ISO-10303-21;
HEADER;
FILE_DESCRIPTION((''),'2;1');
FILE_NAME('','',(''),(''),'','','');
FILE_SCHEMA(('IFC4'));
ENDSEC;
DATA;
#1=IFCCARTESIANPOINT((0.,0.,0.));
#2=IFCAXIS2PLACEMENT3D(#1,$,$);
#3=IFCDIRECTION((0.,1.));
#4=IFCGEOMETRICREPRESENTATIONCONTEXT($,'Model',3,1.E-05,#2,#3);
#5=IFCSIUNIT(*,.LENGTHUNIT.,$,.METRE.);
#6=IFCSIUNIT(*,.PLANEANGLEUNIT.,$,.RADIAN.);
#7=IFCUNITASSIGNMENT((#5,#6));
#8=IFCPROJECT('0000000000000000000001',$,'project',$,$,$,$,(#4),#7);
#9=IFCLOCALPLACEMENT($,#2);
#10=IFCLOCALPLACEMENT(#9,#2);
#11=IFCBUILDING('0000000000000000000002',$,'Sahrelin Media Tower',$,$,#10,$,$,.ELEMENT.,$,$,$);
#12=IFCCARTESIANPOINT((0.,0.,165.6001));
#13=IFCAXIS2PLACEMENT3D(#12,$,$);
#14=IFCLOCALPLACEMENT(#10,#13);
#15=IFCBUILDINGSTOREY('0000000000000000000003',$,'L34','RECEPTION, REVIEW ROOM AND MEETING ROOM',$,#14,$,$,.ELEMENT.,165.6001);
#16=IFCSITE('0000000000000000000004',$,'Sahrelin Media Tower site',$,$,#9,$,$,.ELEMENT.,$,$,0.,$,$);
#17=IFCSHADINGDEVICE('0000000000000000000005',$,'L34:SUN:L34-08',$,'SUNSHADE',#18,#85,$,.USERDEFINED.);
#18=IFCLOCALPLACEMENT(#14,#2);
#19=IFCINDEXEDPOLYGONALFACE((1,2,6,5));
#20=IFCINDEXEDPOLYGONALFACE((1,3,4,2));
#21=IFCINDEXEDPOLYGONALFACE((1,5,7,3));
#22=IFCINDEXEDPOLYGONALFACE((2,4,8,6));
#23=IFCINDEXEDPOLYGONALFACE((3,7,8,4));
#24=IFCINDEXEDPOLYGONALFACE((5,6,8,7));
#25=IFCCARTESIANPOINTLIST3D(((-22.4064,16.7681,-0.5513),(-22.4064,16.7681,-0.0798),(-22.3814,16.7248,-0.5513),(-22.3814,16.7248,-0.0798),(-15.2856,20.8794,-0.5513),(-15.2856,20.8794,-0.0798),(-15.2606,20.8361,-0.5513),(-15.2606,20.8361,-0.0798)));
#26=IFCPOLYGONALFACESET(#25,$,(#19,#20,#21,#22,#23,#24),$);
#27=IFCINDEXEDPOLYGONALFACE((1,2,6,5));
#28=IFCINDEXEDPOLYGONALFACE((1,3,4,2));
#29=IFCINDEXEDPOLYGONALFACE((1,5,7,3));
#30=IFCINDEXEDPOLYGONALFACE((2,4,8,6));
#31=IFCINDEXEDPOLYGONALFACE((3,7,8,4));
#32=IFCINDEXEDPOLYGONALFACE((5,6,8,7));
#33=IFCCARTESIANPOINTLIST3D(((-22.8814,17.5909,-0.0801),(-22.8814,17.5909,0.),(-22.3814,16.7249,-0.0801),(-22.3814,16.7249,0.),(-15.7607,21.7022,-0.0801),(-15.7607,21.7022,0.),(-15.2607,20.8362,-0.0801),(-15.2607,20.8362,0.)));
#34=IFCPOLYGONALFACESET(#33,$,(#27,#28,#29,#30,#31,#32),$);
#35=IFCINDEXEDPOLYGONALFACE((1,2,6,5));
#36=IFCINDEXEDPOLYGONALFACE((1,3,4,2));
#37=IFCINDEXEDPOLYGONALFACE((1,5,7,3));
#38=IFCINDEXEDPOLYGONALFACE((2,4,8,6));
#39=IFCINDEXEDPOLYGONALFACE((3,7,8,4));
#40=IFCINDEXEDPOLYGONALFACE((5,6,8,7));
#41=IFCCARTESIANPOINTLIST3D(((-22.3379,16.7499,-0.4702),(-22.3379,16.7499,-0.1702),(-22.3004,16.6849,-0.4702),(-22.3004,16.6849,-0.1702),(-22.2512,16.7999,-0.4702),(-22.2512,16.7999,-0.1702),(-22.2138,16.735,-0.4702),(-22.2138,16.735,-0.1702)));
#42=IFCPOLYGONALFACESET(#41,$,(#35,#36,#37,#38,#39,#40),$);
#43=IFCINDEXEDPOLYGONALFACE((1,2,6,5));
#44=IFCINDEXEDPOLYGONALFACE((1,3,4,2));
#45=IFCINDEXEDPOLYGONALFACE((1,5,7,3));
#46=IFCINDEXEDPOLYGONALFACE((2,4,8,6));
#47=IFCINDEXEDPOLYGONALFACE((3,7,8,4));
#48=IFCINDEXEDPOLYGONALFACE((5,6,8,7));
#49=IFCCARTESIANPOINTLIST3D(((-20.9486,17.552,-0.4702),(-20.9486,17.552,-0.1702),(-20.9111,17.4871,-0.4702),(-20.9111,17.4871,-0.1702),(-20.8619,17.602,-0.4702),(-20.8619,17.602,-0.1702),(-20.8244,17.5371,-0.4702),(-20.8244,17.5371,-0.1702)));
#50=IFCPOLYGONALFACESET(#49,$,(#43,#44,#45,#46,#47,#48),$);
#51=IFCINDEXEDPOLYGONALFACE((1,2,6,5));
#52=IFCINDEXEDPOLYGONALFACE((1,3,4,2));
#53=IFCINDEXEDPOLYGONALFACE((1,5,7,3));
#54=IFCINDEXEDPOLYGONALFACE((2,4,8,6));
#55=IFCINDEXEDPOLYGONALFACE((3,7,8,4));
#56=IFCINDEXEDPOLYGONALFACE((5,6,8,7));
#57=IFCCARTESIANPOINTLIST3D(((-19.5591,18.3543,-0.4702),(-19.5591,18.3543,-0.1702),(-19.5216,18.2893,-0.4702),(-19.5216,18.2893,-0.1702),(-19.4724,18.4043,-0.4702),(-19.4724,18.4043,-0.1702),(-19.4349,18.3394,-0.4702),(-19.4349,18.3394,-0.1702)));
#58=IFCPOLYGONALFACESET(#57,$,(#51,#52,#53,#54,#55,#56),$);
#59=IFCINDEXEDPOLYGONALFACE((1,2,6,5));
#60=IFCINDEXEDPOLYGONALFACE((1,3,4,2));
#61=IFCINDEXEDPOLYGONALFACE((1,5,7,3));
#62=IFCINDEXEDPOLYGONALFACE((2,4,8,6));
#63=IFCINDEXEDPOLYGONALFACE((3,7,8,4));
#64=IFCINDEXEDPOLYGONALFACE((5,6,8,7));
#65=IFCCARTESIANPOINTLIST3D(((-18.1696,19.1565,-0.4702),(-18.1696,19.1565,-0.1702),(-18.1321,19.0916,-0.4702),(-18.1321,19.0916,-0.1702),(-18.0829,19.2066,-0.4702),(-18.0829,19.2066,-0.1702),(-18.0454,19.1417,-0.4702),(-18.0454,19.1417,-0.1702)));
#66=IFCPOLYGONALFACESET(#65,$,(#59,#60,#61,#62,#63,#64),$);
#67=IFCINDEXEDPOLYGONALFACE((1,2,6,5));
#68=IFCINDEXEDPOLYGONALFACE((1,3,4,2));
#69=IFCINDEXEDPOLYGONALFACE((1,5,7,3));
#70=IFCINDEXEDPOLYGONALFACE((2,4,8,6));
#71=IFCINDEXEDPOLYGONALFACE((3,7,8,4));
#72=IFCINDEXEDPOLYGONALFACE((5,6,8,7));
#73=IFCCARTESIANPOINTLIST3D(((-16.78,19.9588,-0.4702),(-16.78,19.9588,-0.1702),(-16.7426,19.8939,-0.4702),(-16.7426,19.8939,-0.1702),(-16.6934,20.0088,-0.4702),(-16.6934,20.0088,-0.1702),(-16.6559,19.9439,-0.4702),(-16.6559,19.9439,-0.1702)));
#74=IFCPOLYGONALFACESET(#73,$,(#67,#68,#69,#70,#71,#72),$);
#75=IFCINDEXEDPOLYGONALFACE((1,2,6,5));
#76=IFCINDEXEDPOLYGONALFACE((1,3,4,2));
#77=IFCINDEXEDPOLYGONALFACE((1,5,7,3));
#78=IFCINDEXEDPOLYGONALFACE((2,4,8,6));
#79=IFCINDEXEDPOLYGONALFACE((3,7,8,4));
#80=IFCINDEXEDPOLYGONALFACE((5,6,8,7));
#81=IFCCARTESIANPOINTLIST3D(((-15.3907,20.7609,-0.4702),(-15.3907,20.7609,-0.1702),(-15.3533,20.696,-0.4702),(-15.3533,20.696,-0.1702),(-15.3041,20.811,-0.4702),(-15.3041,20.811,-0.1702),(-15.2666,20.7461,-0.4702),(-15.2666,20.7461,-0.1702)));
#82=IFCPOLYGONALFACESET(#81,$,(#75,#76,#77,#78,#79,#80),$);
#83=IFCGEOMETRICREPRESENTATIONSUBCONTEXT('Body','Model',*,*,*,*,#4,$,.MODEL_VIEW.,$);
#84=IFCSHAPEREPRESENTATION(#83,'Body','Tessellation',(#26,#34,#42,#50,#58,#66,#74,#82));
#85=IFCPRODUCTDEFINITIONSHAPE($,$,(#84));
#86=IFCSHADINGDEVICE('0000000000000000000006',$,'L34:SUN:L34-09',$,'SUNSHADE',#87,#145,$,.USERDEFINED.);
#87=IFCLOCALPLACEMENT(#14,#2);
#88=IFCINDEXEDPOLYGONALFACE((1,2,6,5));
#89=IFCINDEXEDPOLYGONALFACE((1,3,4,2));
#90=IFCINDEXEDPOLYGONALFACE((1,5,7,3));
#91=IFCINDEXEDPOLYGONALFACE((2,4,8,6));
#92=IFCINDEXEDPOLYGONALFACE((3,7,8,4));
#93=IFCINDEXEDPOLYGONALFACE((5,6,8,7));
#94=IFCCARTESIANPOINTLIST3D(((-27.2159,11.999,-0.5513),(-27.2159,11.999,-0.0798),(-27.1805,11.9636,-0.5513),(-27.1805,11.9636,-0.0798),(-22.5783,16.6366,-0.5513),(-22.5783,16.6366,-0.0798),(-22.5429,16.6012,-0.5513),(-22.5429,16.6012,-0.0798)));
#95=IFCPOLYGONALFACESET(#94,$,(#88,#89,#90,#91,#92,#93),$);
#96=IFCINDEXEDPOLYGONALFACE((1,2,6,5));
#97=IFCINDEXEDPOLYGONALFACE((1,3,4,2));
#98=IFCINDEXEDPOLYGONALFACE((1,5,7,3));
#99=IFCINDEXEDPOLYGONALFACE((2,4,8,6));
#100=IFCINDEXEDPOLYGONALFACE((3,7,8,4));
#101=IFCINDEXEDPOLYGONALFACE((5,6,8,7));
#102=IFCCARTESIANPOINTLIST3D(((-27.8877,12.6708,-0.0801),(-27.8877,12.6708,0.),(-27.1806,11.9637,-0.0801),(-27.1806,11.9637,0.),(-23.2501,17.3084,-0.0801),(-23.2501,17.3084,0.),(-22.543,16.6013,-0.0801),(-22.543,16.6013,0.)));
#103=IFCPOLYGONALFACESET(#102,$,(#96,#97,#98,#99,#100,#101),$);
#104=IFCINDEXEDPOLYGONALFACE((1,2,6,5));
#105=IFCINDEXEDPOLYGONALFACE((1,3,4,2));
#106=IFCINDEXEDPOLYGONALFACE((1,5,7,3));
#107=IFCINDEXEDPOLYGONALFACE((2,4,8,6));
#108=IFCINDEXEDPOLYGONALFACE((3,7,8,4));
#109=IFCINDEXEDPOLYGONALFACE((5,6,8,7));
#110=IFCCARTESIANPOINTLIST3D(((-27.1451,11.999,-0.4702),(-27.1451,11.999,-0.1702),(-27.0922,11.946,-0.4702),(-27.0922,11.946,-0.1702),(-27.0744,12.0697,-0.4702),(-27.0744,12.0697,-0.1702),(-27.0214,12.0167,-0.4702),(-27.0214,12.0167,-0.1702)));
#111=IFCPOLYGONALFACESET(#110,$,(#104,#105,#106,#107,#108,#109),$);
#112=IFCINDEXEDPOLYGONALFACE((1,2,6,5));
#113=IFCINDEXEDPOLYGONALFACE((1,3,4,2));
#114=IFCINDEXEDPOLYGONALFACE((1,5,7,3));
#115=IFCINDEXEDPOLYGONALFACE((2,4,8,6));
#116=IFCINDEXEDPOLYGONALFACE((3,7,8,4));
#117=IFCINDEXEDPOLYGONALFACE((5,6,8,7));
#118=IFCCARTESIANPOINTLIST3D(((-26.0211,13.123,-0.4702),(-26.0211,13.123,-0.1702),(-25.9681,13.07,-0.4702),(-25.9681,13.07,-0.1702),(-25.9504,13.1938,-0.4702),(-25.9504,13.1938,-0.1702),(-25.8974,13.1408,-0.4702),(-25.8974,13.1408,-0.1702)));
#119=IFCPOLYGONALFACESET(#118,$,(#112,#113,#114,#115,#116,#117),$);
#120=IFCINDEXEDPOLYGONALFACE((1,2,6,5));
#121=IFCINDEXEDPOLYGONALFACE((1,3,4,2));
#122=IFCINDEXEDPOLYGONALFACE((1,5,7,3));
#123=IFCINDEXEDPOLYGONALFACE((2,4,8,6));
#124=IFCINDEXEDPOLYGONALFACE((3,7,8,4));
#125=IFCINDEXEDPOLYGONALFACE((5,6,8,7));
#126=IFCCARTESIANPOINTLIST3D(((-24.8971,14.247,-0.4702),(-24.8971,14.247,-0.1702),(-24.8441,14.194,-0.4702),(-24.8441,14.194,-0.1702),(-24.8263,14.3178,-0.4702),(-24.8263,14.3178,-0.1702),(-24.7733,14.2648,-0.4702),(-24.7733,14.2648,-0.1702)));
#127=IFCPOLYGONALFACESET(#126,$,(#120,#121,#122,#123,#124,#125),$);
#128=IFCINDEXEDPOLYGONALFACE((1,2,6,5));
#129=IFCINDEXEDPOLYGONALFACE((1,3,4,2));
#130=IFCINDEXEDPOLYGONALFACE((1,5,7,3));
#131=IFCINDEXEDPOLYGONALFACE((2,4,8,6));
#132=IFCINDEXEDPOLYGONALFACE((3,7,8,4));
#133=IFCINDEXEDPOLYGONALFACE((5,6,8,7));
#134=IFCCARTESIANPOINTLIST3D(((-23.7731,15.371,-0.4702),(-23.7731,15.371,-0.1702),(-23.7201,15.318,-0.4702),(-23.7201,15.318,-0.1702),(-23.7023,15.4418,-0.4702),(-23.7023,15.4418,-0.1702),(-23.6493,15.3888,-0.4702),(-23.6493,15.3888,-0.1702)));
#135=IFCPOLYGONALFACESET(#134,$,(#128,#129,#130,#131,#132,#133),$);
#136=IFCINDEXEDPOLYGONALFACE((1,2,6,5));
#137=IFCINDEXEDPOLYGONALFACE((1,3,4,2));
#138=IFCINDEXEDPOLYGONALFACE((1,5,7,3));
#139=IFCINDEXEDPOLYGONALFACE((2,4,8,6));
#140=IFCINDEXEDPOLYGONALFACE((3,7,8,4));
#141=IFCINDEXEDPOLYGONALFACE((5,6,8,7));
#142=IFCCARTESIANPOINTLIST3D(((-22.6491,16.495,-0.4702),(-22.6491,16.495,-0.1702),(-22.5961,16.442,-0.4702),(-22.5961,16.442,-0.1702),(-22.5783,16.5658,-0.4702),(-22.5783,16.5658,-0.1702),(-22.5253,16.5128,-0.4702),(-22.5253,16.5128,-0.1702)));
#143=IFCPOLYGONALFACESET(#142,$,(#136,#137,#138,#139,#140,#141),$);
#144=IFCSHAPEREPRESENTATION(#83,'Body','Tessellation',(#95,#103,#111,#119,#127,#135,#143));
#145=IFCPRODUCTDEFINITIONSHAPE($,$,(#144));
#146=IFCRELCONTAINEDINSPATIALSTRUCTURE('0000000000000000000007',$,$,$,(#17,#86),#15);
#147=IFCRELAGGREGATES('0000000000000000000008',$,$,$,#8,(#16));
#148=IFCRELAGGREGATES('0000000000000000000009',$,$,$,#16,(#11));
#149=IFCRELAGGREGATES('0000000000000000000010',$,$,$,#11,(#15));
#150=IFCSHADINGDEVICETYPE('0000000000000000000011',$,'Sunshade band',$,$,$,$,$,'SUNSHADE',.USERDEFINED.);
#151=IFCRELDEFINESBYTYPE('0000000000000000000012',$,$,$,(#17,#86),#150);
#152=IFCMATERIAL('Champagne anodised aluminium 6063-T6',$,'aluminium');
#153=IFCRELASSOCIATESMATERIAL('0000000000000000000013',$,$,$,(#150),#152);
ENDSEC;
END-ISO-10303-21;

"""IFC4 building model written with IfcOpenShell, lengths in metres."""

from ifc_helpers import new_model, si_unit, direction, frame, origin, origin_2d, place, context, subcontext, project, spatial, rectangle, extrude, material, type_object, element, save


model = new_model("IFC4")

# Units and contexts
model_context = context("Model", 3, precision=1e-05, world=origin(), true_north=direction((0.0, 1.0)))
body_context = subcontext(model_context, "Body", "Model", "MODEL_VIEW")
ifc_project = project(units=[si_unit("LENGTHUNIT", "METRE"), si_unit("PLANEANGLEUNIT", "RADIAN")], contexts=[model_context])

# Site, building, storey
site_placement = place(None, origin())
site = spatial("IfcSite", under=ifc_project, at=site_placement, Name="Sahrelin Media Tower site", CompositionType="ELEMENT", RefElevation=0.0)
building_placement = place(site_placement, origin())
building = spatial("IfcBuilding", under=site, at=building_placement, Name="Sahrelin Media Tower", CompositionType="ELEMENT")
storey_placement = place(building_placement, frame((0.0, 0.0, 165.6001)))
storey = spatial("IfcBuildingStorey", under=building, at=storey_placement, Name="L34", Description="RECEPTION, REVIEW ROOM AND MEETING ROOM", CompositionType="ELEMENT", Elevation=165.6001)

# Shared definitions
ifc_material_1 = material(Name="Champagne anodised aluminium 6063-T6", Category="aluminium")

# Shading devices
placement_1 = place(storey_placement, frame((-18.811, 18.7632, 0.0), z_axis=(0.0, 0.0, 1.0), x_axis=(0.866019, 0.500011, 0.0)))
placement_2 = place(storey_placement, frame((-24.8477, 14.2683, 0.0), z_axis=(0.0, 0.0, 1.0), x_axis=(0.707107, 0.707107, 0.0)))
shading_device_type_1 = type_object("IfcShadingDeviceType", Name="Sunshade band", ElementType="SUNSHADE", PredefinedType="USERDEFINED", material=ifc_material_1)
element("IfcShadingDevice", 1, at=placement_1, inside=storey, type_object=shading_device_type_1, Name="L34:SUN:L34-08", ObjectType="SUNSHADE", PredefinedType="USERDEFINED", context=body_context, shape_type="SweptSolid", body=[
    extrude(rectangle(XDim=8.2224, YDim=0.05, at=origin_2d()), frame((0.0, 0.0449, -0.5513)), (0.0, 0.0, 1.0), 0.4714),
    extrude(rectangle(XDim=8.2224, YDim=1.0, at=origin_2d()), frame((0.0, 0.52, -0.0801)), (0.0, 0.0, 1.0), 0.0801),
    extrude(rectangle(XDim=0.1001, YDim=0.075, at=origin_2d()), frame((-4.011, -0.0176, -0.4702)), (0.0, 0.0, 1.0), 0.3),
    extrude(rectangle(XDim=0.1001, YDim=0.075, at=origin_2d()), frame((-2.4067, -0.0176, -0.4702)), (0.0, 0.0, 1.0), 0.3),
    extrude(rectangle(XDim=0.1001, YDim=0.075, at=origin_2d()), frame((-0.8022, -0.0176, -0.4702)), (0.0, 0.0, 1.0), 0.3),
    extrude(rectangle(XDim=0.1001, YDim=0.075, at=origin_2d()), frame((0.8022, -0.0176, -0.4702)), (0.0, 0.0, 1.0), 0.3),
    extrude(rectangle(XDim=0.1001, YDim=0.075, at=origin_2d()), frame((2.4067, -0.0176, -0.4702)), (0.0, 0.0, 1.0), 0.3),
    extrude(rectangle(XDim=0.1001, YDim=0.075, at=origin_2d()), frame((4.011, -0.0176, -0.4702)), (0.0, 0.0, 1.0), 0.3),
])
element("IfcShadingDevice", 2, at=placement_2, inside=storey, type_object=shading_device_type_1, Name="L34:SUN:L34-09", ObjectType="SUNSHADE", PredefinedType="USERDEFINED", context=body_context, shape_type="SweptSolid", body=[
    extrude(rectangle(XDim=6.5586, YDim=0.05, at=origin_2d()), frame((0.0, 0.0449, -0.5513)), (0.0, 0.0, 1.0), 0.4714),
    extrude(rectangle(XDim=6.5586, YDim=1.0, at=origin_2d()), frame((0.0, 0.52, -0.0801)), (0.0, 0.0, 1.0), 0.0801),
    extrude(rectangle(XDim=0.1001, YDim=0.075, at=origin_2d()), frame((-3.1792, -0.0176, -0.4702)), (0.0, 0.0, 1.0), 0.3),
    extrude(rectangle(XDim=0.1001, YDim=0.075, at=origin_2d()), frame((-1.5896, -0.0176, -0.4702)), (0.0, 0.0, 1.0), 0.3),
    extrude(rectangle(XDim=0.1001, YDim=0.075, at=origin_2d()), frame((0.0, -0.0176, -0.4702)), (0.0, 0.0, 1.0), 0.3),
    extrude(rectangle(XDim=0.1001, YDim=0.075, at=origin_2d()), frame((1.5896, -0.0176, -0.4702)), (0.0, 0.0, 1.0), 0.3),
    extrude(rectangle(XDim=0.1001, YDim=0.075, at=origin_2d()), frame((3.1792, -0.0176, -0.4702)), (0.0, 0.0, 1.0), 0.3),
])

save(model, "model.ifc")
